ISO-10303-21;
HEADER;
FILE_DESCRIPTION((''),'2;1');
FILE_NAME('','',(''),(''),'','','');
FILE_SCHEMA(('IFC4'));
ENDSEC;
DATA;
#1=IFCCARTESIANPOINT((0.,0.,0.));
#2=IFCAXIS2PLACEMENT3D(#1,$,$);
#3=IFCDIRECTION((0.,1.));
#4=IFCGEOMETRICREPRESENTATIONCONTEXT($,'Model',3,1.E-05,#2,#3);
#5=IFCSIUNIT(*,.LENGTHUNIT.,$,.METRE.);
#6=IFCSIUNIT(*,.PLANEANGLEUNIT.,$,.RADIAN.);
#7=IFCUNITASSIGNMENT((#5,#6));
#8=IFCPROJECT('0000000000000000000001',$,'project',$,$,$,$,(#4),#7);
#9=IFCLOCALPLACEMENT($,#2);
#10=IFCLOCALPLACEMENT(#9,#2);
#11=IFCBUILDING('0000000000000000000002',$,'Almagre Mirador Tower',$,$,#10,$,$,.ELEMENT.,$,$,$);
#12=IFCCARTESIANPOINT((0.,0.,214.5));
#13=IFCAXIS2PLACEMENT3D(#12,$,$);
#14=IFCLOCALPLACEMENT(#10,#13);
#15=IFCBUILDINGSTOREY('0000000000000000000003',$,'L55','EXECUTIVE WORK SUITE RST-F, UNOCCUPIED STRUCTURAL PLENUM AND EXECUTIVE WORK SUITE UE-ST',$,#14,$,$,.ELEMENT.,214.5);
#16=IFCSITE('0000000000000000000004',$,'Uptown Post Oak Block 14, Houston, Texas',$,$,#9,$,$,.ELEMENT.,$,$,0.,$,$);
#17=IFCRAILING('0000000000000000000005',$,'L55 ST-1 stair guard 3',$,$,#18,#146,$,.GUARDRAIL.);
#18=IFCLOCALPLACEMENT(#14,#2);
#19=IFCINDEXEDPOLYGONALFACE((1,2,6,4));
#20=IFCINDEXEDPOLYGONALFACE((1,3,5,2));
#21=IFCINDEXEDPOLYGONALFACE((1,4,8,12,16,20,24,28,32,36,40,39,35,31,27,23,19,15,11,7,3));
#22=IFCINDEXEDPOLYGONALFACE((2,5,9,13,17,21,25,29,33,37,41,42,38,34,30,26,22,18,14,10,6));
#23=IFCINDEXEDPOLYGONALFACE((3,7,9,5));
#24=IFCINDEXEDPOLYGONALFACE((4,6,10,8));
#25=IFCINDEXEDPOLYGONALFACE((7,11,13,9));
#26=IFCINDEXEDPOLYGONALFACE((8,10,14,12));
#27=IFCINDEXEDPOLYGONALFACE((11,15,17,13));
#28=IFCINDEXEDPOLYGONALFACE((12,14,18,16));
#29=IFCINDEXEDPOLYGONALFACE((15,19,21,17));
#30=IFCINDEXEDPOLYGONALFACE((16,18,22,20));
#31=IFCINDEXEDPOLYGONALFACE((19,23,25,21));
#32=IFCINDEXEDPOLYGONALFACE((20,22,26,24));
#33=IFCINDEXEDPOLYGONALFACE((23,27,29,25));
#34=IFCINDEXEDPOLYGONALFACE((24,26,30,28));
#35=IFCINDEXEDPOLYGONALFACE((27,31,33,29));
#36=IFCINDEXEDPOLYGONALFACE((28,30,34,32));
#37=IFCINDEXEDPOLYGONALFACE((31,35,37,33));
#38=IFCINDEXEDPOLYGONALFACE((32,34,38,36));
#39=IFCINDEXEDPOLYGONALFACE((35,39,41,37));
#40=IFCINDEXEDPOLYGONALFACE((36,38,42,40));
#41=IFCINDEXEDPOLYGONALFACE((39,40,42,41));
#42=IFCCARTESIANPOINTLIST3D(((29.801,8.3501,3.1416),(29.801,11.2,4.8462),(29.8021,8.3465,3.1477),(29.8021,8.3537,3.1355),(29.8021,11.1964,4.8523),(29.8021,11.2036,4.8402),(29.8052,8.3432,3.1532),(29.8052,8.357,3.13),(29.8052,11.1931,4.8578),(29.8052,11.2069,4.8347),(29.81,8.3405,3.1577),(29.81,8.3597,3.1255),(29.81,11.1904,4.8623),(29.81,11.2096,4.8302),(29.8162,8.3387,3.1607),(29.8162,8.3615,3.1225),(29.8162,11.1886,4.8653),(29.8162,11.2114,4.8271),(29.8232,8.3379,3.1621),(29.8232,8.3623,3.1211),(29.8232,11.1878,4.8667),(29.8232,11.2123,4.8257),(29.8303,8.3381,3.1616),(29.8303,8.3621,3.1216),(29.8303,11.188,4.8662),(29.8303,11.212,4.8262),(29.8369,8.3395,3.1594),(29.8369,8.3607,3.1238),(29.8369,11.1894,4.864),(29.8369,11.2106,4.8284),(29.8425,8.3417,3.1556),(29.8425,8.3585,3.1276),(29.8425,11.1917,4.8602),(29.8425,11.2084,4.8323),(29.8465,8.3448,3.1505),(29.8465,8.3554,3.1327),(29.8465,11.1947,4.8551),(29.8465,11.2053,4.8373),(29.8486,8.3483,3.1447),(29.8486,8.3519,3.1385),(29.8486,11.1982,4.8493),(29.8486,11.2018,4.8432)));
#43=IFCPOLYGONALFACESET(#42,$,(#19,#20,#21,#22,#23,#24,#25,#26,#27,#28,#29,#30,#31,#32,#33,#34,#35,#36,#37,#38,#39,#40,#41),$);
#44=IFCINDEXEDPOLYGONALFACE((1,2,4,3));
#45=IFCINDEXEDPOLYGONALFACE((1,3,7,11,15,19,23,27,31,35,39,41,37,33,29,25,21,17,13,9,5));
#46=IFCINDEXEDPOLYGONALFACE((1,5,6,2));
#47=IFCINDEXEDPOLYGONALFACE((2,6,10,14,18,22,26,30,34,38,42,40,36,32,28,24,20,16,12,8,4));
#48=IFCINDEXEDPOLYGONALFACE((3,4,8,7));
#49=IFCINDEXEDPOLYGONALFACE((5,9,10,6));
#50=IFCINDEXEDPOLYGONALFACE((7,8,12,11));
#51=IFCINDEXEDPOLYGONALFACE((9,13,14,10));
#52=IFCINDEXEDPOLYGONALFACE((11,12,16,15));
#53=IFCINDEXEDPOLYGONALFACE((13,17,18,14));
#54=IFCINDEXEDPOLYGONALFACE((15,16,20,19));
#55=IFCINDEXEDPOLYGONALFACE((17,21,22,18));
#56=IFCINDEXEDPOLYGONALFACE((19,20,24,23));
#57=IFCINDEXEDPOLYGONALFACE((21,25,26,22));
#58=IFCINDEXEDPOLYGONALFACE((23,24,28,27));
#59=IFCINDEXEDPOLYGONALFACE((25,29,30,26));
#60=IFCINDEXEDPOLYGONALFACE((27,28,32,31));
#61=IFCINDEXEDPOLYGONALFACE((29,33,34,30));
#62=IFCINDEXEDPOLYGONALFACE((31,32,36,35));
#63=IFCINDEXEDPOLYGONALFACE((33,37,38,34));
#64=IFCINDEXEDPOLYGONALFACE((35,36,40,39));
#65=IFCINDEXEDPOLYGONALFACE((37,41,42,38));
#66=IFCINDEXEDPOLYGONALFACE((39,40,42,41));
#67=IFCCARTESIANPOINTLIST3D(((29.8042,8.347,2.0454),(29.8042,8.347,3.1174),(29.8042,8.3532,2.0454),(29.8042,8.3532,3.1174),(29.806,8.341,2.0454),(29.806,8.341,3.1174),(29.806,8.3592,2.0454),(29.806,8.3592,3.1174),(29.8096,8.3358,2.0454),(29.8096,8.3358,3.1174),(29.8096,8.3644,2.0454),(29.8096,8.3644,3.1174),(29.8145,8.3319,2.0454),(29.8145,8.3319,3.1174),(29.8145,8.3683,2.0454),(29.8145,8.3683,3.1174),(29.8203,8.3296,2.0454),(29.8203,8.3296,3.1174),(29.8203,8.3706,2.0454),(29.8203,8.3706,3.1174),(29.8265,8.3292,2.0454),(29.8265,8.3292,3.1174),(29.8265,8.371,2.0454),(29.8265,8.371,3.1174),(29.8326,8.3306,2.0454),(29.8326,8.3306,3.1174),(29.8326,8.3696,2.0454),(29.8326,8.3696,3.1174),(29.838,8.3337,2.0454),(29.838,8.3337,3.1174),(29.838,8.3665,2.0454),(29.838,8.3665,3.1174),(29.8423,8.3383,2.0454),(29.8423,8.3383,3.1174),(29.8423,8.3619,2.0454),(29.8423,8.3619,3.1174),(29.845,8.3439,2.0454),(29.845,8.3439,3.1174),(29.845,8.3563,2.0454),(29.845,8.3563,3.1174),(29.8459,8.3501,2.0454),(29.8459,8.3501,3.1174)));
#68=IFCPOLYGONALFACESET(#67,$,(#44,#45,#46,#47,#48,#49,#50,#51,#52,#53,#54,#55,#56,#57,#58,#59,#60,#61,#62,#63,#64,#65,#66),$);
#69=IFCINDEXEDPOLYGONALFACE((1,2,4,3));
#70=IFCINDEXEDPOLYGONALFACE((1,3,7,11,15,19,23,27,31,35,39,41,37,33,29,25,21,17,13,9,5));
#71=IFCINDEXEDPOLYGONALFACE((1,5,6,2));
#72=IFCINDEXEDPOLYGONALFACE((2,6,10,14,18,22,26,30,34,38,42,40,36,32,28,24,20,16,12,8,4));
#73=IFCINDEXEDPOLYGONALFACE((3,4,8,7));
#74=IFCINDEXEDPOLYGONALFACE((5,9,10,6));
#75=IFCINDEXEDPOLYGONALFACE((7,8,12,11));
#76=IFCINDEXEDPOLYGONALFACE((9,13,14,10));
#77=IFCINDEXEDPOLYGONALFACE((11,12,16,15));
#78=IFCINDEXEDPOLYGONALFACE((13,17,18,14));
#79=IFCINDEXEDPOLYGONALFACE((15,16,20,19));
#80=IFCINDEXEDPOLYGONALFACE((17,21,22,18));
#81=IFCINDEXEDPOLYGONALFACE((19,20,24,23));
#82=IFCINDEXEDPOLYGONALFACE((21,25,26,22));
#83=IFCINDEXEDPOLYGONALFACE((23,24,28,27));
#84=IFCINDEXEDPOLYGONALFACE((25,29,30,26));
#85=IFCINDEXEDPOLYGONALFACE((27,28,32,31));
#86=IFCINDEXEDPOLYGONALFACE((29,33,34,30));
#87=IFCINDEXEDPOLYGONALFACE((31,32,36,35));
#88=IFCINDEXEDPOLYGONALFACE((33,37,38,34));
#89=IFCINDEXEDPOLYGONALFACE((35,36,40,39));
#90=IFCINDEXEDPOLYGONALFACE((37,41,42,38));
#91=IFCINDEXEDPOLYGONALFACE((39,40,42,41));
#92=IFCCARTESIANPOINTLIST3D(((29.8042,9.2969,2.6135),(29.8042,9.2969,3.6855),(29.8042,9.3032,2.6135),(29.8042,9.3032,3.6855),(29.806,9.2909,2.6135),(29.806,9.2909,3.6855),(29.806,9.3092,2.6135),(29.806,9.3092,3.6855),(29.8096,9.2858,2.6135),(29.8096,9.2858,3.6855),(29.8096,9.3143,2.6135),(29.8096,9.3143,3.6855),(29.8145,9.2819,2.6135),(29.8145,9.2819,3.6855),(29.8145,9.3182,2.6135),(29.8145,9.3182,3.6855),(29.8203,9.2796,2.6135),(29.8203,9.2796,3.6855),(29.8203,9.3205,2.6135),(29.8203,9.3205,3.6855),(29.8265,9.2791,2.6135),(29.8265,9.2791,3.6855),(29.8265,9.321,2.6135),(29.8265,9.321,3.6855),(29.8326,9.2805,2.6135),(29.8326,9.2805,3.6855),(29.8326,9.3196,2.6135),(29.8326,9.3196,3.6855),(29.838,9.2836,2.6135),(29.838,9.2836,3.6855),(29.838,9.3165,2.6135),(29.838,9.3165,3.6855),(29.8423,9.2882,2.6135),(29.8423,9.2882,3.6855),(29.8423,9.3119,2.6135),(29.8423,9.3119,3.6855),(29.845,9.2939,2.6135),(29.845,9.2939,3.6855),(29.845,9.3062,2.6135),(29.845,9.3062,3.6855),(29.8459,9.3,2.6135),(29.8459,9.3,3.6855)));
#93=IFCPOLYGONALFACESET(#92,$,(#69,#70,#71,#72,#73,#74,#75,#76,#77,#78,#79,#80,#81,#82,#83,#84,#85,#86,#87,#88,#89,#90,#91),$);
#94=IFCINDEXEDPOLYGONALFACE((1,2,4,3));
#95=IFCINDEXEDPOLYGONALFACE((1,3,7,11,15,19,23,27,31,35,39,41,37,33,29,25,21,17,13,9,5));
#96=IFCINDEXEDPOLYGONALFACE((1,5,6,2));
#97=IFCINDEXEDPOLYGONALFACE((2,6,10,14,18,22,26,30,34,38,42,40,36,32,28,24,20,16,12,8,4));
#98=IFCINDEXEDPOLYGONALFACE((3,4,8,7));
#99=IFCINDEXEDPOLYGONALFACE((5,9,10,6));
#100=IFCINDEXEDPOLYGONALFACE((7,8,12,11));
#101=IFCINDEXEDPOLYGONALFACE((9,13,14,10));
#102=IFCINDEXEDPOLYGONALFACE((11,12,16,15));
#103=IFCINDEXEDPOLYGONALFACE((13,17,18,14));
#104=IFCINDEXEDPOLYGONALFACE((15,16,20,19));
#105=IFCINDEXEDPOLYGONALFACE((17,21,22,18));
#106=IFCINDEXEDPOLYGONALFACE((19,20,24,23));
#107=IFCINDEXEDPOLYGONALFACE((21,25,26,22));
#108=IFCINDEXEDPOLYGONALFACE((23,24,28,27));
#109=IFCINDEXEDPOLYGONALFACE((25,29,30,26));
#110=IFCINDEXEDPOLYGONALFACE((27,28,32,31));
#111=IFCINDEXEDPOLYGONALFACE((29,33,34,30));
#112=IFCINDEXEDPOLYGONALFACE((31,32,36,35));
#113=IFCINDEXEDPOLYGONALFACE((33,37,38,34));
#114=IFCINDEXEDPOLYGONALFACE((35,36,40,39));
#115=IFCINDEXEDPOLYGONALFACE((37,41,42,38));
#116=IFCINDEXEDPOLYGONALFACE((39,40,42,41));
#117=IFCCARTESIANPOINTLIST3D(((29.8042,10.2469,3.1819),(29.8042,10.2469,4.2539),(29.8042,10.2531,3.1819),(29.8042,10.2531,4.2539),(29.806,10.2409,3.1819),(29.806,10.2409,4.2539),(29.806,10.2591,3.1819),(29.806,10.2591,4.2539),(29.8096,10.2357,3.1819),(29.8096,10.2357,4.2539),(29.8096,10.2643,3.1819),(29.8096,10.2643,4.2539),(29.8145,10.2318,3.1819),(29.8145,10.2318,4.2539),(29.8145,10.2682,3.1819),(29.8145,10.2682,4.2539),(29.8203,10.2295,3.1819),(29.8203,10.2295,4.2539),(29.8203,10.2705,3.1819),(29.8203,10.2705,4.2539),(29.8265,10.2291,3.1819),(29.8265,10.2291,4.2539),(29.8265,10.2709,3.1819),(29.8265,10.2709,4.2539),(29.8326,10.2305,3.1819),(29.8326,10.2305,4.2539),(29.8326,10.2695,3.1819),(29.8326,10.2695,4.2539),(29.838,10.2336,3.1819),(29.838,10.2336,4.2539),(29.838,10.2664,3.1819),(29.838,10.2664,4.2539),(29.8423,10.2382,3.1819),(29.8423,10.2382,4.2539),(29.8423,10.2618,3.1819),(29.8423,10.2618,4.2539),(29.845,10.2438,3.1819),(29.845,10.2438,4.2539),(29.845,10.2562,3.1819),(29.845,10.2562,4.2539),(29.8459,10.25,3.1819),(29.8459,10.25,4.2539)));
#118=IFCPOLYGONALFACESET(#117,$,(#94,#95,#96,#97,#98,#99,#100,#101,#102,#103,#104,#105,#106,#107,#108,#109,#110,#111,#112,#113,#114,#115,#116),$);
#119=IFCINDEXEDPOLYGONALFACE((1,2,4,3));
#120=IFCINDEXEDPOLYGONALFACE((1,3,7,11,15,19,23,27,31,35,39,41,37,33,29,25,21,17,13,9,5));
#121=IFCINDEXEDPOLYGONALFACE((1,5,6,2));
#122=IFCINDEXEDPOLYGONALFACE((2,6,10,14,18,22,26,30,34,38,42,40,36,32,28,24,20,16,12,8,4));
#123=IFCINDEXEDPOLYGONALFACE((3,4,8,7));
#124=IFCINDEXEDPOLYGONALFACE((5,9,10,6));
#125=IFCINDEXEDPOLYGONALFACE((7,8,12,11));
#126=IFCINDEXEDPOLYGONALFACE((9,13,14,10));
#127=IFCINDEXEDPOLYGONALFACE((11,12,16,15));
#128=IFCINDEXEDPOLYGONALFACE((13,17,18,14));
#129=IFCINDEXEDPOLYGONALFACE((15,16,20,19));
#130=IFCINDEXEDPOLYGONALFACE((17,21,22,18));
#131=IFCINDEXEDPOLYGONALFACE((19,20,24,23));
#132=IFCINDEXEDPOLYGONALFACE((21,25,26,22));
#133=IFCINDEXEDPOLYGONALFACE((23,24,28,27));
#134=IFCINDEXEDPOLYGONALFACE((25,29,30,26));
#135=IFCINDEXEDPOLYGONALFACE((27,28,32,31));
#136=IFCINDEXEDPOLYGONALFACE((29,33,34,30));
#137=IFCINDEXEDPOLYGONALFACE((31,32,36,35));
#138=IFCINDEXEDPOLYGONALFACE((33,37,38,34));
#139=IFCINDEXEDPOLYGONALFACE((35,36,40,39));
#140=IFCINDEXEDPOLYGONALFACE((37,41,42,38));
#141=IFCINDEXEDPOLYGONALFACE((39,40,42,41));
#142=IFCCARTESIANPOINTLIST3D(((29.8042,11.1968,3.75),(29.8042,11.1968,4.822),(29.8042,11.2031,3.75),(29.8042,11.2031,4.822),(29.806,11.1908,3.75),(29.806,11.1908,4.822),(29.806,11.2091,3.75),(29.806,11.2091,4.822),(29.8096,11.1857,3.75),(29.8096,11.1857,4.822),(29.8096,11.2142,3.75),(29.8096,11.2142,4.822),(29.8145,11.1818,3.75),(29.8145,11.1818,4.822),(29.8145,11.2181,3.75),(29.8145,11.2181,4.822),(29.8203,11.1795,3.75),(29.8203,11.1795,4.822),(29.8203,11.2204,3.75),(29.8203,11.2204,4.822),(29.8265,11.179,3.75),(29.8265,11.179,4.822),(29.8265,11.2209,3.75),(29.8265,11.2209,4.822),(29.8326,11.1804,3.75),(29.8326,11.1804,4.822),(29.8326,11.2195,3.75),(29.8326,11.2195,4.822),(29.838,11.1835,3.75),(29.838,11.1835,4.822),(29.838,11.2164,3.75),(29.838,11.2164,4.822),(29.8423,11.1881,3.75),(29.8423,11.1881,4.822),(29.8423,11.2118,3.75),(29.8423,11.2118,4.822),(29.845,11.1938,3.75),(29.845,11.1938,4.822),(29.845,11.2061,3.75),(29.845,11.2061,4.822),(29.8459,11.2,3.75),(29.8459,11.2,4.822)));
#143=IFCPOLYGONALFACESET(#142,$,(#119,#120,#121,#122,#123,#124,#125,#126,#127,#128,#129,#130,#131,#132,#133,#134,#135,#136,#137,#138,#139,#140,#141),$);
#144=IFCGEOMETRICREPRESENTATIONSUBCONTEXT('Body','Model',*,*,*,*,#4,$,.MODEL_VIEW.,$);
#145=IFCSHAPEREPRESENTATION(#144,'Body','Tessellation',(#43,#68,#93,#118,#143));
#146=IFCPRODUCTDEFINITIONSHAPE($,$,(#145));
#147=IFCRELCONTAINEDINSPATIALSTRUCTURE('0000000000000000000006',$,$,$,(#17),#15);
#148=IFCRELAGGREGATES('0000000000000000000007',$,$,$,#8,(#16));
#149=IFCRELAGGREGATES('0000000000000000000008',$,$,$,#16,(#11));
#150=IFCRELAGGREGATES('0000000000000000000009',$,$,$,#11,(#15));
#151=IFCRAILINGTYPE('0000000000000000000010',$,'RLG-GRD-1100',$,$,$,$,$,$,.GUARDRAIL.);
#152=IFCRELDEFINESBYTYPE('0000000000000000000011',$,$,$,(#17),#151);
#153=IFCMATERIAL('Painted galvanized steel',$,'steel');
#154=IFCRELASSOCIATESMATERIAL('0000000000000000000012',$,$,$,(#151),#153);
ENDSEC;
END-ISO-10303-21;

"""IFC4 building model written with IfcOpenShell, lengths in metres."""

from ifc_helpers import new_model, si_unit, direction, frame, origin, origin_2d, place, context, subcontext, project, spatial, circle, extrude, material, type_object, element, save


model = new_model("IFC4")

# Units and contexts
model_context = context("Model", 3, precision=1e-05, world=origin(), true_north=direction((0.0, 1.0)))
body_context = subcontext(model_context, "Body", "Model", "MODEL_VIEW")
ifc_project = project(units=[si_unit("LENGTHUNIT", "METRE"), si_unit("PLANEANGLEUNIT", "RADIAN")], contexts=[model_context])

# Site, building, storey
site_placement = place(None, origin())
site = spatial("IfcSite", under=ifc_project, at=site_placement, Name="Uptown Post Oak Block 14, Houston, Texas", CompositionType="ELEMENT", RefElevation=0.0)
building_placement = place(site_placement, origin())
building = spatial("IfcBuilding", under=site, at=building_placement, Name="Almagre Mirador Tower", CompositionType="ELEMENT")
storey_placement = place(building_placement, frame((0.0, 0.0, 214.5)))
storey = spatial("IfcBuildingStorey", under=building, at=storey_placement, Name="L55", Description="EXECUTIVE WORK SUITE RST-F, UNOCCUPIED STRUCTURAL PLENUM AND EXECUTIVE WORK SUITE UE-ST", CompositionType="ELEMENT", Elevation=214.5)

# Railing
ifc_material_1 = material(Name="Painted galvanized steel", Category="steel")
railing_type = type_object("IfcRailingType", Name="RLG-GRD-1100", PredefinedType="GUARDRAIL", material=ifc_material_1)
railing_1_placement = place(storey_placement, frame((29.825, 8.3501, 2.0454)))
element("IfcRailing", 1, at=railing_1_placement, inside=storey, type_object=railing_type, Name="L55 ST-1 stair guard 3", PredefinedType="GUARDRAIL", context=body_context, shape_type="SweptSolid", body=[
    extrude(circle(Radius=0.0239, at=origin_2d()), frame((0.0, 0.0, 1.0962), z_axis=(0.0, 0.858199, 0.513317), x_axis=(-1.0, 0.0, 0.0)), (0.0, 0.0, 1.0), 3.3208),
    extrude(circle(Radius=0.021, at=origin_2d()), origin(), (0.0, 0.0, 1.0), 1.072),
    extrude(circle(Radius=0.021, at=origin_2d()), frame((0.0, 0.95, 0.5681)), (0.0, 0.0, 1.0), 1.072),
    extrude(circle(Radius=0.021, at=origin_2d()), frame((0.0, 1.8999, 1.1365)), (0.0, 0.0, 1.0), 1.072),
    extrude(circle(Radius=0.021, at=origin_2d()), frame((0.0, 2.8499, 1.7046)), (0.0, 0.0, 1.0), 1.072),
])

save(model, "model.ifc")
